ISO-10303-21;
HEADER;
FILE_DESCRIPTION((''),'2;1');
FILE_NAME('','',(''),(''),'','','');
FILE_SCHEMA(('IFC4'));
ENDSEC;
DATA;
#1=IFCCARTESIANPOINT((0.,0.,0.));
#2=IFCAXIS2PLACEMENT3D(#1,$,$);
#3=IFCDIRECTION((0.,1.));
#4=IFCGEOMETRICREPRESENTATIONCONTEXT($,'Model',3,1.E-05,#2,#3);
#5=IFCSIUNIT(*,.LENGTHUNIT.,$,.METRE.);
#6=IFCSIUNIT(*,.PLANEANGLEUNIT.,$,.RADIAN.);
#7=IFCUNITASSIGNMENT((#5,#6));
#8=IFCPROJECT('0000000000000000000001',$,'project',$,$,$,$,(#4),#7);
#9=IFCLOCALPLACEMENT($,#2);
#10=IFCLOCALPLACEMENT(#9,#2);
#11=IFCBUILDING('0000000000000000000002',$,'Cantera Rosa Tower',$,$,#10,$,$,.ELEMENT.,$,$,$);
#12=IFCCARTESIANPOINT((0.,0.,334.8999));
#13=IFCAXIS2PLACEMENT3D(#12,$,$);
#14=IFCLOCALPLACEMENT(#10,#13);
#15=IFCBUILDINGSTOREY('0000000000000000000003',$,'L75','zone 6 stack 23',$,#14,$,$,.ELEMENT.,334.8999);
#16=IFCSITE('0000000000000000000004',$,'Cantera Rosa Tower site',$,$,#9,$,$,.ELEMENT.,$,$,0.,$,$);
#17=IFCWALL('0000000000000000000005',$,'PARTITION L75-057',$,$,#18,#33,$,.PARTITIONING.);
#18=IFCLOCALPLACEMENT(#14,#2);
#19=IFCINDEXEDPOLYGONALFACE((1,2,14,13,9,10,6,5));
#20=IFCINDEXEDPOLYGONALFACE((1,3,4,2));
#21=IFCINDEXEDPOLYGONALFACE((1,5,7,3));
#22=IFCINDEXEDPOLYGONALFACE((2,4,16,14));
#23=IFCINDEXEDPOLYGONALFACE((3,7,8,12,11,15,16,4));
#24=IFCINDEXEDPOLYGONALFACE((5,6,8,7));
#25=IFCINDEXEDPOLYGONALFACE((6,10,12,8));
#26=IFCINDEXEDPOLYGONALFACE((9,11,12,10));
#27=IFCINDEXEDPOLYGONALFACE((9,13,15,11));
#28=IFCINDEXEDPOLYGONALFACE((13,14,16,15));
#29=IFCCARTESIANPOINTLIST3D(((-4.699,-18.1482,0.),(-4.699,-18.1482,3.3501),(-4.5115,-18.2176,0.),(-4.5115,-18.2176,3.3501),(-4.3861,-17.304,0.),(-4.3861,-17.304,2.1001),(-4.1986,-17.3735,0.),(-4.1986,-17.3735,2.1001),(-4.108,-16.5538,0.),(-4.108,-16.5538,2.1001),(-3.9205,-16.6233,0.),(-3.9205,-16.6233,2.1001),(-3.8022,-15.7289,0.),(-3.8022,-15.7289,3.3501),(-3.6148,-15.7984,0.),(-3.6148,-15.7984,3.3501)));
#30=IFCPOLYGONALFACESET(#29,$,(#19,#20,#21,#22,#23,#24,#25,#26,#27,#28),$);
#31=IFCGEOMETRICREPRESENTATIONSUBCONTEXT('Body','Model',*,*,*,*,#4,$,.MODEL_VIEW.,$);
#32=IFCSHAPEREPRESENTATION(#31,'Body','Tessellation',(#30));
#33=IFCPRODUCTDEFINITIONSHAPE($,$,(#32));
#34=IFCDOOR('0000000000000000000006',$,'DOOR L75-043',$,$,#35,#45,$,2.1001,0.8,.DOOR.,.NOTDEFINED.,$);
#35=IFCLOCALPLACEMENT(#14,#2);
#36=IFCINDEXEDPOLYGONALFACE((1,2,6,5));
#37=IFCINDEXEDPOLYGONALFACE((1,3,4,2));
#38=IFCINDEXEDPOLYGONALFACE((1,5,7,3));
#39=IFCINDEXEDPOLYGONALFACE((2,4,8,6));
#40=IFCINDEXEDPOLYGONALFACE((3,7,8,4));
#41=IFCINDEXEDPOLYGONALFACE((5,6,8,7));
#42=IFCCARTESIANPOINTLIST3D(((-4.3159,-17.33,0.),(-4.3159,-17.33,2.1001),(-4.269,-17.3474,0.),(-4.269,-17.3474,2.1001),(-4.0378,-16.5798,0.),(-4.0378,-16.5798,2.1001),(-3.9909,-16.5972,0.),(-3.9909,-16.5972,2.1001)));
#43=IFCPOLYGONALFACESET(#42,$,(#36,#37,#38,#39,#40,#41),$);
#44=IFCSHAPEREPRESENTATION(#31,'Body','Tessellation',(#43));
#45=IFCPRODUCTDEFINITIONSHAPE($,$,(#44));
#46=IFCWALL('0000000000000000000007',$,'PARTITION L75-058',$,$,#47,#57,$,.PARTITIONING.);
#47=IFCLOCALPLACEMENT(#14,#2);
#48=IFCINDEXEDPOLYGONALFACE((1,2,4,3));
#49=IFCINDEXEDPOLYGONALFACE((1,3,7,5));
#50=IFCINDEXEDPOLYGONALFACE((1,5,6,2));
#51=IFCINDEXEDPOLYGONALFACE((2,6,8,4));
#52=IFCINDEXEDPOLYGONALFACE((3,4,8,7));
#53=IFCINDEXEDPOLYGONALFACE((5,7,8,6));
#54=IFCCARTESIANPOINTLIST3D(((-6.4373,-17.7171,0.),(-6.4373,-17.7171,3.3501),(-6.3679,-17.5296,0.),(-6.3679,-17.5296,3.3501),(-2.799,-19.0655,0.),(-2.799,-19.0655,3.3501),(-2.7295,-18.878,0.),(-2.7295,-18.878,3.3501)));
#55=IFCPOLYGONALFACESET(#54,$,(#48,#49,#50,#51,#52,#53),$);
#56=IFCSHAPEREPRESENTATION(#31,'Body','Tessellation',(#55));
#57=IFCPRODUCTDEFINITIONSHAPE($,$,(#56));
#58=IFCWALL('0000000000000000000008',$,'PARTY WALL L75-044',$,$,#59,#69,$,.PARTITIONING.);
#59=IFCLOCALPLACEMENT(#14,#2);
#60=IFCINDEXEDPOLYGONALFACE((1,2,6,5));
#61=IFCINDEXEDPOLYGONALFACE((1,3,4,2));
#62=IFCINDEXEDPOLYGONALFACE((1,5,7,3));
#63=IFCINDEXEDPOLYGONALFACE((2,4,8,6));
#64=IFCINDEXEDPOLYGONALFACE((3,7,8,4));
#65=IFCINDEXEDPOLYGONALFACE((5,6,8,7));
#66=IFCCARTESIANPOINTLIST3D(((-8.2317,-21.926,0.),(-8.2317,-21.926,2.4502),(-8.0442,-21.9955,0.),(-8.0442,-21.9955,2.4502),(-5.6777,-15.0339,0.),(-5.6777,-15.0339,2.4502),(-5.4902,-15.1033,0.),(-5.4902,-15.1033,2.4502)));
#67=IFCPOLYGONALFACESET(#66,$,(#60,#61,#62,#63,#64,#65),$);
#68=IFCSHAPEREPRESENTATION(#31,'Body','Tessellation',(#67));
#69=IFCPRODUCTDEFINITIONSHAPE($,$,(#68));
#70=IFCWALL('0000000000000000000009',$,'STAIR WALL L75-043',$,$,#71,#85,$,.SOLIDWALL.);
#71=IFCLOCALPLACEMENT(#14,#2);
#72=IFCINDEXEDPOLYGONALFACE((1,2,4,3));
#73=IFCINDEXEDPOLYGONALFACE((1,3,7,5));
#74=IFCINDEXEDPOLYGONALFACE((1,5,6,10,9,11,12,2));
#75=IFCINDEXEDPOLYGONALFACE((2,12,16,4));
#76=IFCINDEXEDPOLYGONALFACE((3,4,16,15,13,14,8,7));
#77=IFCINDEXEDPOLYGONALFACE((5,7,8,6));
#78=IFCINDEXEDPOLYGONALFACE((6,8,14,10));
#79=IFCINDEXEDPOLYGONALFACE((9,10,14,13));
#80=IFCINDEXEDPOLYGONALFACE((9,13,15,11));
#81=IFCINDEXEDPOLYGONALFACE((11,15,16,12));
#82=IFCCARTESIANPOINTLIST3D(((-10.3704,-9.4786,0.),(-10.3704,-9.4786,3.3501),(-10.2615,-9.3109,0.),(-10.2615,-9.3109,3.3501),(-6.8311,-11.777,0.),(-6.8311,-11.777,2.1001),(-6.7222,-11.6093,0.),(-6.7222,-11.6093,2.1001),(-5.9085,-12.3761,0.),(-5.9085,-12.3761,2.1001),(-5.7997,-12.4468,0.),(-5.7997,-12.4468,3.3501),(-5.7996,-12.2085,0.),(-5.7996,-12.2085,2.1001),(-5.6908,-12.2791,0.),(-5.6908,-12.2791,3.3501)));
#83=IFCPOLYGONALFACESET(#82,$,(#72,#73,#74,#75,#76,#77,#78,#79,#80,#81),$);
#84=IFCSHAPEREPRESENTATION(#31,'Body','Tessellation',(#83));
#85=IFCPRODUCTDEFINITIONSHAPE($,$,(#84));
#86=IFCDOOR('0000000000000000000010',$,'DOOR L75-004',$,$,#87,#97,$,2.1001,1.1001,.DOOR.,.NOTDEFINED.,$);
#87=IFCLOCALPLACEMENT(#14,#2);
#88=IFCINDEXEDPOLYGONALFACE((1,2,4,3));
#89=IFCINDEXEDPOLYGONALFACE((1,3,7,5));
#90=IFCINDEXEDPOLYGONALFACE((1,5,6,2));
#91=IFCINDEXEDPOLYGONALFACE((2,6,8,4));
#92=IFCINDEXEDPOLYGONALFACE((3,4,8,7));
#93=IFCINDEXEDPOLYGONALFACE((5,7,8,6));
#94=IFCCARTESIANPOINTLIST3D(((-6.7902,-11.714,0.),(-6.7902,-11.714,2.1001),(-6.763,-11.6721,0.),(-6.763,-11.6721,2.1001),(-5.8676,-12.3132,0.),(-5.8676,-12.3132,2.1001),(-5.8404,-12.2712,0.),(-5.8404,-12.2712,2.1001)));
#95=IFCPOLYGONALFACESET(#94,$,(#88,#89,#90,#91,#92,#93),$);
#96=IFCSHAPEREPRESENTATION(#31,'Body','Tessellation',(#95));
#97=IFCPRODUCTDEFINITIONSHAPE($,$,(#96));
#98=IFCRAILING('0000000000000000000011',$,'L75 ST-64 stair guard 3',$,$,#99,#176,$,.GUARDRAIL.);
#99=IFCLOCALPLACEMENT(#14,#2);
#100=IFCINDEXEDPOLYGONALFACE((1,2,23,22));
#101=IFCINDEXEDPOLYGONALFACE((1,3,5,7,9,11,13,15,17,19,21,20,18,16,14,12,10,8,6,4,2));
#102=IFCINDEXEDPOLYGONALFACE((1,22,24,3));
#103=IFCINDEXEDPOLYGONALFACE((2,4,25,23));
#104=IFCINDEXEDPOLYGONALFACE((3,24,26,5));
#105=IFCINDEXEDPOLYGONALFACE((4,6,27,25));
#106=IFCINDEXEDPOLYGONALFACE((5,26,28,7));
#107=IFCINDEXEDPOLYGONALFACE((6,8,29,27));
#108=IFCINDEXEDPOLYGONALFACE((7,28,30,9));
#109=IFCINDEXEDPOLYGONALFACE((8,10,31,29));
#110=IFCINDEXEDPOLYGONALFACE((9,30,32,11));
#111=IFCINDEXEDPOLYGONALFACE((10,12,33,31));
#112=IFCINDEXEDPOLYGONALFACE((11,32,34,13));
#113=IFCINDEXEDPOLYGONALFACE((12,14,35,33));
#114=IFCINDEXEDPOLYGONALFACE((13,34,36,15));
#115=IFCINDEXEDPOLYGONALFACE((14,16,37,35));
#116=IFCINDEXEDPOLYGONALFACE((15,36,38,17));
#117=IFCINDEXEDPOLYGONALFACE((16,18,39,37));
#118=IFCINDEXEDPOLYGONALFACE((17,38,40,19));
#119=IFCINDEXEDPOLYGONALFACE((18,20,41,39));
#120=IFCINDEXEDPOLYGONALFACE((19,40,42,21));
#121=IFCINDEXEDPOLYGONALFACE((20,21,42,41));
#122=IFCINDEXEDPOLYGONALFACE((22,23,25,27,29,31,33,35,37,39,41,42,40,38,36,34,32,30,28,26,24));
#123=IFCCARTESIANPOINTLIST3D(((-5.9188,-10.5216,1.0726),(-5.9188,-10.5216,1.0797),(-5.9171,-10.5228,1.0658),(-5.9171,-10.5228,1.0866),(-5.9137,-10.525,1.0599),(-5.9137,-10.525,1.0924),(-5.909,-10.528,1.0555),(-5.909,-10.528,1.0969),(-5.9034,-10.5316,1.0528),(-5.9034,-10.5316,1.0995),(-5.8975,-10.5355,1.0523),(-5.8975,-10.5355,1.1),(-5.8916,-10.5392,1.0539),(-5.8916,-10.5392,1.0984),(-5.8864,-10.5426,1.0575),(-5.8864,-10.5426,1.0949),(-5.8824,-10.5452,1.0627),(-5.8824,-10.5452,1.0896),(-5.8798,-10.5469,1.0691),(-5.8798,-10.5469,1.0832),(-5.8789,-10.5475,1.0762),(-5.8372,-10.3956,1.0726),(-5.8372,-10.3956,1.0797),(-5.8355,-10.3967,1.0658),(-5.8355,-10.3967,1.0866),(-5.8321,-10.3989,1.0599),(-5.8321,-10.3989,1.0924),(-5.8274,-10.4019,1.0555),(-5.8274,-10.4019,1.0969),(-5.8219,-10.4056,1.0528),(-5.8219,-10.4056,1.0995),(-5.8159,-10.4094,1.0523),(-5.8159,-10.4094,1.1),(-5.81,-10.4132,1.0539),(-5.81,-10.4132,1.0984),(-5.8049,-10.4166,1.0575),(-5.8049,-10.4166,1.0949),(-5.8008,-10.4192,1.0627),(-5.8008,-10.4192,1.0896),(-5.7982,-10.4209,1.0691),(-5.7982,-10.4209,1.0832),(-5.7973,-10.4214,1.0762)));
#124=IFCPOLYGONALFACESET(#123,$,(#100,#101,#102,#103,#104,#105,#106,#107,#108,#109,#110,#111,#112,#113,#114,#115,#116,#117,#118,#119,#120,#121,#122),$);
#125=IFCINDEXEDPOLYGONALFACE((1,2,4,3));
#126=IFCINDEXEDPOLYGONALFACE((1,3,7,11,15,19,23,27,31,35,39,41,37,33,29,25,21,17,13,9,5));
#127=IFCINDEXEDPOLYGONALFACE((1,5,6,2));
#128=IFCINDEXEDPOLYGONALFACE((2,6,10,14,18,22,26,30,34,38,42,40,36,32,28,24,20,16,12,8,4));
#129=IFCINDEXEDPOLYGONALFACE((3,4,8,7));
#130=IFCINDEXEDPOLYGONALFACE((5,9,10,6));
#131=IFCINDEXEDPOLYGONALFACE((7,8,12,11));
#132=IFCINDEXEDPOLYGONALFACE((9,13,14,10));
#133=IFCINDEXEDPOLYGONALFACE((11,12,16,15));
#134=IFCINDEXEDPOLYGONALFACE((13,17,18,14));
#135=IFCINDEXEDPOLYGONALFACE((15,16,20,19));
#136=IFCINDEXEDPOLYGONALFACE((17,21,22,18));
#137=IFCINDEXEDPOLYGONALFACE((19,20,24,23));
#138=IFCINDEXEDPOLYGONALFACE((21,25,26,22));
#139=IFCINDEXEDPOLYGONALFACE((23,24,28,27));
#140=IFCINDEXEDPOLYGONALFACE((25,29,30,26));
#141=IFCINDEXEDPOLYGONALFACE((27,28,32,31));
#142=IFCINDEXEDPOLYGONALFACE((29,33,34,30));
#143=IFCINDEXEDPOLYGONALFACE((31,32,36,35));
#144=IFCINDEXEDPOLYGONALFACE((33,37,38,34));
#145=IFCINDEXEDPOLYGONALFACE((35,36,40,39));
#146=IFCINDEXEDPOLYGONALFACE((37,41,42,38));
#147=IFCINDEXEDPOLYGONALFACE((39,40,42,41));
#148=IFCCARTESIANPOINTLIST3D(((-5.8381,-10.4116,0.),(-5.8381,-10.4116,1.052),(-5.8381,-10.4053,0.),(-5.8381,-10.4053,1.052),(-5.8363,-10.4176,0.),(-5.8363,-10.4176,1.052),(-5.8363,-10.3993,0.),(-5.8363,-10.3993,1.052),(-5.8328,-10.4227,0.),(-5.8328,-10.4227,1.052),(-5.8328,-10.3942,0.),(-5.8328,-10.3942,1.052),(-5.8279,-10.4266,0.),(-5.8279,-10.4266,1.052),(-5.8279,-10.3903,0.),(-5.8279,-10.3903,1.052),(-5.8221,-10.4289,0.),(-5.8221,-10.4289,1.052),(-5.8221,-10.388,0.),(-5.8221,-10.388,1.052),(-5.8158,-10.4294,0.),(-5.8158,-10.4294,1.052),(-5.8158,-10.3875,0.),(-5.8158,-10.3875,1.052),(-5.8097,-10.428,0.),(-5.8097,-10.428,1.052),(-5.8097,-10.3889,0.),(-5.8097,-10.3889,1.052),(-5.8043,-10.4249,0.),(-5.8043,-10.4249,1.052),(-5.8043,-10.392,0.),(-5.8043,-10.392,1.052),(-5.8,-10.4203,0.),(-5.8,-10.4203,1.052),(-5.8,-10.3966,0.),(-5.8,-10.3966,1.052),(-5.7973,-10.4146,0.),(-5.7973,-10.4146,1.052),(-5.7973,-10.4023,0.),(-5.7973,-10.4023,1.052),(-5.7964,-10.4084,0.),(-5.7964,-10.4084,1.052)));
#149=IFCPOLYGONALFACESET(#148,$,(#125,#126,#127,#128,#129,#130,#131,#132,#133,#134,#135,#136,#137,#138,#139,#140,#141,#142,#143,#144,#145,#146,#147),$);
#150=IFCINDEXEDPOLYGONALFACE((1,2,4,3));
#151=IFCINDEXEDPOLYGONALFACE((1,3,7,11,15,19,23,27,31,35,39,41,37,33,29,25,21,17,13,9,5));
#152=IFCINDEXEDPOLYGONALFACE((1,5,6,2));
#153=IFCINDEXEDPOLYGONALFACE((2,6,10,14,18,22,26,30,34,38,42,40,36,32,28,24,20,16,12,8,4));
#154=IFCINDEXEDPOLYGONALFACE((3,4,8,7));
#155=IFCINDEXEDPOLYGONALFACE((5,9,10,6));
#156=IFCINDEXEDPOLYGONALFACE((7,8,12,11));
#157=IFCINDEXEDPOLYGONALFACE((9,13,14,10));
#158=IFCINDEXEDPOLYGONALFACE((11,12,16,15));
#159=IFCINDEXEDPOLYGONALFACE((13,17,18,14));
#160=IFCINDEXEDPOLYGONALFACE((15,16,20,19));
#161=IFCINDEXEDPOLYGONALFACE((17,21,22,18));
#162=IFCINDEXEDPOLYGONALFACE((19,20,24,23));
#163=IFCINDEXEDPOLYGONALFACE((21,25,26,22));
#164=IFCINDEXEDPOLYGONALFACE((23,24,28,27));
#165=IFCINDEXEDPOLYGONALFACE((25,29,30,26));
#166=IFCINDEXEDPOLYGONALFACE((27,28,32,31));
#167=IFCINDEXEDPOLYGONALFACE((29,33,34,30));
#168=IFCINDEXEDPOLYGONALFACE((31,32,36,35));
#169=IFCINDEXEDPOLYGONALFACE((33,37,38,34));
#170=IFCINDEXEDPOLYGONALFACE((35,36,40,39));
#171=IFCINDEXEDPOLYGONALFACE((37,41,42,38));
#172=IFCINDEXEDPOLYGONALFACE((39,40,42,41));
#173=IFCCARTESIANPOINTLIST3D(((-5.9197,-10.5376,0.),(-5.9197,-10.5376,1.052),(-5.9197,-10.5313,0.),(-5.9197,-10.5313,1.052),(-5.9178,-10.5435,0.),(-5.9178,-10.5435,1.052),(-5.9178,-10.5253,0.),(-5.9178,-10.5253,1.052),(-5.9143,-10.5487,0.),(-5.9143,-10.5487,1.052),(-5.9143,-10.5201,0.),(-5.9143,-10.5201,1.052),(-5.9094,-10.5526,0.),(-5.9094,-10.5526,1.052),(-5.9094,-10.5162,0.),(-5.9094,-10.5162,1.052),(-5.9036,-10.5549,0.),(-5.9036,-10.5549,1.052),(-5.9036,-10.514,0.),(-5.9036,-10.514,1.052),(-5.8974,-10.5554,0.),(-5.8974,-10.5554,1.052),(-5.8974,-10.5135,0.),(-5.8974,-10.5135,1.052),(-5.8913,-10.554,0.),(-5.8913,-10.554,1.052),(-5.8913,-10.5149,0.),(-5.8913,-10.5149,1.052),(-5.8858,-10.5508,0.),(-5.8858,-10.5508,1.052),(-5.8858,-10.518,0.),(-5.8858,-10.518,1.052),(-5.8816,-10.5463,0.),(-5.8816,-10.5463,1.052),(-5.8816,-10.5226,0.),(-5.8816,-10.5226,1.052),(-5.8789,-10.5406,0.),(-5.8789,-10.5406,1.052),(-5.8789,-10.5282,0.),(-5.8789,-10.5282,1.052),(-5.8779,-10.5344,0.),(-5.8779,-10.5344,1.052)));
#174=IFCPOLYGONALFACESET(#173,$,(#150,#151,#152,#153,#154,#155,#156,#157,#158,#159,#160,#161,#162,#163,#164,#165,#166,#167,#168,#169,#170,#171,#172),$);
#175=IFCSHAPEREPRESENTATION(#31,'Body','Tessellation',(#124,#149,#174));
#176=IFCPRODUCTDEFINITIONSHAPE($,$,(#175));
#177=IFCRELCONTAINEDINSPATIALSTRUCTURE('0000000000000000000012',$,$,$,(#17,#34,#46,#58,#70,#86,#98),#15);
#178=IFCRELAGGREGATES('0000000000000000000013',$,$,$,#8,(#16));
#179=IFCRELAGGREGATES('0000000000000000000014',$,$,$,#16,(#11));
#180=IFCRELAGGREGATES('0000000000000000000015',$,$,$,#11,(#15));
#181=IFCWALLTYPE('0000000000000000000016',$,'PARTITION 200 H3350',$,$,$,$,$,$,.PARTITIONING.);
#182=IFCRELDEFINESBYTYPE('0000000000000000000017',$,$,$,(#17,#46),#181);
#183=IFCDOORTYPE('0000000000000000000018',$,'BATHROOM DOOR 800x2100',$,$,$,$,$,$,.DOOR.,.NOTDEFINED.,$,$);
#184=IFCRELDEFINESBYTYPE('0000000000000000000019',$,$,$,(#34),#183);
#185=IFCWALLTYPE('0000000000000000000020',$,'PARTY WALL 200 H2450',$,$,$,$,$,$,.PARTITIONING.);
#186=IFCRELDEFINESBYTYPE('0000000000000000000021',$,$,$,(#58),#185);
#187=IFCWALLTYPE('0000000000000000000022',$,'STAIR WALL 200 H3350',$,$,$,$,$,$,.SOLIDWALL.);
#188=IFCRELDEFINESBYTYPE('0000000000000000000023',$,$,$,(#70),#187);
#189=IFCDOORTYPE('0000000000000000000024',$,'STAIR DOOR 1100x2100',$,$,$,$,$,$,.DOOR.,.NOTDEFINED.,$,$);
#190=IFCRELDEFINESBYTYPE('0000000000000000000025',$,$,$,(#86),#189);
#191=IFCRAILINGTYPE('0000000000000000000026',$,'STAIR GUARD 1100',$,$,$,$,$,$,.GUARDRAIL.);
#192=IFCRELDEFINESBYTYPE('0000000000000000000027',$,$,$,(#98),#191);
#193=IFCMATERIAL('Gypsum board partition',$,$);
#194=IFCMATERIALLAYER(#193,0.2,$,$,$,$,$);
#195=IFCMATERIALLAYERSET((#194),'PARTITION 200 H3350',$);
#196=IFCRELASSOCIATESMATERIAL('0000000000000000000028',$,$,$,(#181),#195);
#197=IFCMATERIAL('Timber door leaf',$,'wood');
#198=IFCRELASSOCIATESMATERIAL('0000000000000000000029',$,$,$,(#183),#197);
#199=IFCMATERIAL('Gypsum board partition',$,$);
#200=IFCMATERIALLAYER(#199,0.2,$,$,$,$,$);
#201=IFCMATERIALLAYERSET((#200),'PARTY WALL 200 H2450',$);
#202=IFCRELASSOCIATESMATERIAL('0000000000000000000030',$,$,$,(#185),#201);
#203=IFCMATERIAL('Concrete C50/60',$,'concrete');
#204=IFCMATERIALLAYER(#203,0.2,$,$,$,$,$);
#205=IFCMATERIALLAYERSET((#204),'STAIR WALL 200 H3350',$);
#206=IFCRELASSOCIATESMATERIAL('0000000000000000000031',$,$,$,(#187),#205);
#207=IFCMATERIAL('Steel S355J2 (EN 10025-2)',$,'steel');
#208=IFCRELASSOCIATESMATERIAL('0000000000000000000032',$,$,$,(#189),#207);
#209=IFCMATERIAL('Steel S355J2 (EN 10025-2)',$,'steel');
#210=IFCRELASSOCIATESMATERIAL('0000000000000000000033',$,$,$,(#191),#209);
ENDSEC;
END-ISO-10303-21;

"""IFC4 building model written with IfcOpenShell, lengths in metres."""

from ifc_helpers import new_model, si_unit, direction, frame, frame_2d, origin, origin_2d, place, context, subcontext, project, spatial, rectangle, circle, extrude, material, layer, layer_set, type_object, element, fill, save


model = new_model("IFC4")

# Units and contexts
model_context = context("Model", 3, precision=1e-05, world=origin(), true_north=direction((0.0, 1.0)))
body_context = subcontext(model_context, "Body", "Model", "MODEL_VIEW")
ifc_project = project(units=[si_unit("LENGTHUNIT", "METRE"), si_unit("PLANEANGLEUNIT", "RADIAN")], contexts=[model_context])

# Site, building, storey
site_placement = place(None, origin())
site = spatial("IfcSite", under=ifc_project, at=site_placement, Name="Cantera Rosa Tower site", CompositionType="ELEMENT", RefElevation=0.0)
building_placement = place(site_placement, origin())
building = spatial("IfcBuilding", under=site, at=building_placement, Name="Cantera Rosa Tower", CompositionType="ELEMENT")
storey_placement = place(building_placement, frame((0.0, 0.0, 334.8999)))
storey = spatial("IfcBuildingStorey", under=building, at=storey_placement, Name="L75", Description="zone 6 stack 23", CompositionType="ELEMENT", Elevation=334.8999)

# Shared definitions
ifc_material_1 = material(Name="Gypsum board partition")
ifc_layer_1 = layer(ifc_material_1, 0.2)
ifc_layer_set_1 = layer_set([ifc_layer_1], Name="PARTITION 200 H3350")
wall_type_1 = type_object("IfcWallType", Name="PARTITION 200 H3350", PredefinedType="PARTITIONING", material=ifc_layer_set_1)

# Wall, opening, door
wall_1_placement = place(storey_placement, frame((-3.7085, -15.7637, 0.0), z_axis=(0.0, 0.0, 1.0), x_axis=(-0.347564, -0.937656, 0.0)))
wall_1 = element("IfcWall", 1, at=wall_1_placement, inside=storey, type_object=wall_type_1, Name="PARTITION L75-057", PredefinedType="PARTITIONING", context=body_context, shape_type="SweptSolid", body=[
    extrude(rectangle(XDim=2.5801, YDim=0.2, at=frame_2d((1.29, 0.0))), origin(), (0.0, 0.0, 1.0), 3.3501),
])
opening_1_placement = place(wall_1_placement, frame((0.8799, 0.0, 0.0)))
opening_1 = element("IfcOpeningElement", 2, at=opening_1_placement, cuts=wall_1, PredefinedType="OPENING", context=body_context, shape_type="SweptSolid", body=[
    extrude(rectangle(XDim=0.8, YDim=2.1001, at=frame_2d((0.3999, 1.05))), frame((0.0, 0.1099, 0.0), z_axis=(0.0, -1.0, 0.0), x_axis=(1.0, 0.0, 0.0)), (0.0, 0.0, 1.0), 0.22),
])
ifc_material_2 = material(Name="Timber door leaf", Category="wood")
door_type_1 = type_object("IfcDoorType", Name="BATHROOM DOOR 800x2100", OperationType="NOTDEFINED", PredefinedType="DOOR", material=ifc_material_2)
door_1_placement = place(opening_1_placement, origin())
door_1 = element("IfcDoor", 3, at=door_1_placement, inside=storey, type_object=door_type_1, Name="DOOR L75-043", OperationType="NOTDEFINED", OverallHeight=2.1001, OverallWidth=0.8, PredefinedType="DOOR", context=body_context, shape_type="SweptSolid", body=[
    extrude(rectangle(XDim=0.8, YDim=2.1001, at=frame_2d((0.3999, 1.05))), frame((0.0, 0.0249, 0.0), z_axis=(0.0, -1.0, 0.0), x_axis=(1.0, 0.0, 0.0)), (0.0, 0.0, 1.0), 0.05),
])
fill(opening_1, door_1)

# Walls
wall_2_placement = place(storey_placement, frame((-2.7644, -18.9717, 0.0), z_axis=(0.0, 0.0, 1.0), x_axis=(-0.93768, 0.347501, 0.0)))
element("IfcWall", 4, at=wall_2_placement, inside=storey, type_object=wall_type_1, Name="PARTITION L75-058", PredefinedType="PARTITIONING", context=body_context, shape_type="SweptSolid", body=[
    extrude(rectangle(XDim=3.8801, YDim=0.2, at=frame_2d((1.9399, 0.0))), origin(), (0.0, 0.0, 1.0), 3.3501),
])
ifc_material_3 = material(Name="Gypsum board partition")
ifc_layer_2 = layer(ifc_material_3, 0.2)
ifc_layer_set_2 = layer_set([ifc_layer_2], Name="PARTY WALL 200 H2450")
wall_type_2 = type_object("IfcWallType", Name="PARTY WALL 200 H2450", PredefinedType="PARTITIONING", material=ifc_layer_set_2)
wall_3_placement = place(storey_placement, frame((-5.584, -15.0686, 0.0), z_axis=(0.0, 0.0, 1.0), x_axis=(-0.347473, -0.93769, 0.0)))
element("IfcWall", 5, at=wall_3_placement, inside=storey, type_object=wall_type_2, Name="PARTY WALL L75-044", PredefinedType="PARTITIONING", context=body_context, shape_type="SweptSolid", body=[
    extrude(rectangle(XDim=7.3501, YDim=0.2, at=frame_2d((3.675, 0.0))), origin(), (0.0, 0.0, 1.0), 2.4502),
])

# Wall, opening, door
ifc_material_4 = material(Name="Concrete C50/60", Category="concrete")
ifc_layer_3 = layer(ifc_material_4, 0.2)
ifc_layer_set_3 = layer_set([ifc_layer_3], Name="STAIR WALL 200 H3350")
wall_type_3 = type_object("IfcWallType", Name="STAIR WALL 200 H3350", PredefinedType="SOLIDWALL", material=ifc_layer_set_3)
wall_4_placement = place(storey_placement, frame((-5.7451, -12.363, 0.0), z_axis=(0.0, 0.0, 1.0), x_axis=(-0.838675, 0.544632, 0.0)))
wall_4 = element("IfcWall", 6, at=wall_4_placement, inside=storey, type_object=wall_type_3, Name="STAIR WALL L75-043", PredefinedType="SOLIDWALL", context=body_context, shape_type="SweptSolid", body=[
    extrude(rectangle(XDim=5.45, YDim=0.2, at=frame_2d((2.7251, 0.0))), origin(), (0.0, 0.0, 1.0), 3.3501),
])
opening_2_placement = place(wall_4_placement, frame((0.1299, 0.0, 0.0)))
opening_2 = element("IfcOpeningElement", 7, at=opening_2_placement, cuts=wall_4, PredefinedType="OPENING", context=body_context, shape_type="SweptSolid", body=[
    extrude(rectangle(XDim=1.1001, YDim=2.1001, at=frame_2d((0.55, 1.05))), frame((0.0, 0.1099, 0.0), z_axis=(0.0, -1.0, 0.0), x_axis=(1.0, 0.0, 0.0)), (0.0, 0.0, 1.0), 0.22),
])
ifc_material_5 = material(Name="Steel S355J2 (EN 10025-2)", Category="steel")
door_type_2 = type_object("IfcDoorType", Name="STAIR DOOR 1100x2100", OperationType="NOTDEFINED", PredefinedType="DOOR", material=ifc_material_5)
door_2_placement = place(opening_2_placement, origin())
door_2 = element("IfcDoor", 8, at=door_2_placement, inside=storey, type_object=door_type_2, Name="DOOR L75-004", OperationType="NOTDEFINED", OverallHeight=2.1001, OverallWidth=1.1001, PredefinedType="DOOR", context=body_context, shape_type="SweptSolid", body=[
    extrude(rectangle(XDim=1.1001, YDim=2.1001, at=frame_2d((0.55, 1.05))), frame((0.0, 0.0249, 0.0), z_axis=(0.0, -1.0, 0.0), x_axis=(1.0, 0.0, 0.0)), (0.0, 0.0, 1.0), 0.05),
])
fill(opening_2, door_2)

# Railing
ifc_material_6 = material(Name="Steel S355J2 (EN 10025-2)", Category="steel")
railing_type = type_object("IfcRailingType", Name="STAIR GUARD 1100", PredefinedType="GUARDRAIL", material=ifc_material_6)
railing_placement = place(storey_placement, frame((-5.8174, -10.4084, 0.0)))
element("IfcRailing", 9, at=railing_placement, inside=storey, type_object=railing_type, Name="L75 ST-64 stair guard 3", PredefinedType="GUARDRAIL", context=body_context, shape_type="SweptSolid", body=[
    extrude(circle(Radius=0.0239, at=origin_2d()), frame((0.0, 0.0, 1.0762), z_axis=(-0.543386, -0.839483, 0.0), x_axis=(0.839483, -0.543386, 0.0)), (0.0, 0.0, 1.0), 0.1501),
    extrude(circle(Radius=0.021, at=origin_2d()), origin(), (0.0, 0.0, 1.0), 1.052),
    extrude(circle(Radius=0.021, at=origin_2d()), frame((-0.0815, -0.126, 0.0)), (0.0, 0.0, 1.0), 1.052),
])

save(model, "model.ifc")
